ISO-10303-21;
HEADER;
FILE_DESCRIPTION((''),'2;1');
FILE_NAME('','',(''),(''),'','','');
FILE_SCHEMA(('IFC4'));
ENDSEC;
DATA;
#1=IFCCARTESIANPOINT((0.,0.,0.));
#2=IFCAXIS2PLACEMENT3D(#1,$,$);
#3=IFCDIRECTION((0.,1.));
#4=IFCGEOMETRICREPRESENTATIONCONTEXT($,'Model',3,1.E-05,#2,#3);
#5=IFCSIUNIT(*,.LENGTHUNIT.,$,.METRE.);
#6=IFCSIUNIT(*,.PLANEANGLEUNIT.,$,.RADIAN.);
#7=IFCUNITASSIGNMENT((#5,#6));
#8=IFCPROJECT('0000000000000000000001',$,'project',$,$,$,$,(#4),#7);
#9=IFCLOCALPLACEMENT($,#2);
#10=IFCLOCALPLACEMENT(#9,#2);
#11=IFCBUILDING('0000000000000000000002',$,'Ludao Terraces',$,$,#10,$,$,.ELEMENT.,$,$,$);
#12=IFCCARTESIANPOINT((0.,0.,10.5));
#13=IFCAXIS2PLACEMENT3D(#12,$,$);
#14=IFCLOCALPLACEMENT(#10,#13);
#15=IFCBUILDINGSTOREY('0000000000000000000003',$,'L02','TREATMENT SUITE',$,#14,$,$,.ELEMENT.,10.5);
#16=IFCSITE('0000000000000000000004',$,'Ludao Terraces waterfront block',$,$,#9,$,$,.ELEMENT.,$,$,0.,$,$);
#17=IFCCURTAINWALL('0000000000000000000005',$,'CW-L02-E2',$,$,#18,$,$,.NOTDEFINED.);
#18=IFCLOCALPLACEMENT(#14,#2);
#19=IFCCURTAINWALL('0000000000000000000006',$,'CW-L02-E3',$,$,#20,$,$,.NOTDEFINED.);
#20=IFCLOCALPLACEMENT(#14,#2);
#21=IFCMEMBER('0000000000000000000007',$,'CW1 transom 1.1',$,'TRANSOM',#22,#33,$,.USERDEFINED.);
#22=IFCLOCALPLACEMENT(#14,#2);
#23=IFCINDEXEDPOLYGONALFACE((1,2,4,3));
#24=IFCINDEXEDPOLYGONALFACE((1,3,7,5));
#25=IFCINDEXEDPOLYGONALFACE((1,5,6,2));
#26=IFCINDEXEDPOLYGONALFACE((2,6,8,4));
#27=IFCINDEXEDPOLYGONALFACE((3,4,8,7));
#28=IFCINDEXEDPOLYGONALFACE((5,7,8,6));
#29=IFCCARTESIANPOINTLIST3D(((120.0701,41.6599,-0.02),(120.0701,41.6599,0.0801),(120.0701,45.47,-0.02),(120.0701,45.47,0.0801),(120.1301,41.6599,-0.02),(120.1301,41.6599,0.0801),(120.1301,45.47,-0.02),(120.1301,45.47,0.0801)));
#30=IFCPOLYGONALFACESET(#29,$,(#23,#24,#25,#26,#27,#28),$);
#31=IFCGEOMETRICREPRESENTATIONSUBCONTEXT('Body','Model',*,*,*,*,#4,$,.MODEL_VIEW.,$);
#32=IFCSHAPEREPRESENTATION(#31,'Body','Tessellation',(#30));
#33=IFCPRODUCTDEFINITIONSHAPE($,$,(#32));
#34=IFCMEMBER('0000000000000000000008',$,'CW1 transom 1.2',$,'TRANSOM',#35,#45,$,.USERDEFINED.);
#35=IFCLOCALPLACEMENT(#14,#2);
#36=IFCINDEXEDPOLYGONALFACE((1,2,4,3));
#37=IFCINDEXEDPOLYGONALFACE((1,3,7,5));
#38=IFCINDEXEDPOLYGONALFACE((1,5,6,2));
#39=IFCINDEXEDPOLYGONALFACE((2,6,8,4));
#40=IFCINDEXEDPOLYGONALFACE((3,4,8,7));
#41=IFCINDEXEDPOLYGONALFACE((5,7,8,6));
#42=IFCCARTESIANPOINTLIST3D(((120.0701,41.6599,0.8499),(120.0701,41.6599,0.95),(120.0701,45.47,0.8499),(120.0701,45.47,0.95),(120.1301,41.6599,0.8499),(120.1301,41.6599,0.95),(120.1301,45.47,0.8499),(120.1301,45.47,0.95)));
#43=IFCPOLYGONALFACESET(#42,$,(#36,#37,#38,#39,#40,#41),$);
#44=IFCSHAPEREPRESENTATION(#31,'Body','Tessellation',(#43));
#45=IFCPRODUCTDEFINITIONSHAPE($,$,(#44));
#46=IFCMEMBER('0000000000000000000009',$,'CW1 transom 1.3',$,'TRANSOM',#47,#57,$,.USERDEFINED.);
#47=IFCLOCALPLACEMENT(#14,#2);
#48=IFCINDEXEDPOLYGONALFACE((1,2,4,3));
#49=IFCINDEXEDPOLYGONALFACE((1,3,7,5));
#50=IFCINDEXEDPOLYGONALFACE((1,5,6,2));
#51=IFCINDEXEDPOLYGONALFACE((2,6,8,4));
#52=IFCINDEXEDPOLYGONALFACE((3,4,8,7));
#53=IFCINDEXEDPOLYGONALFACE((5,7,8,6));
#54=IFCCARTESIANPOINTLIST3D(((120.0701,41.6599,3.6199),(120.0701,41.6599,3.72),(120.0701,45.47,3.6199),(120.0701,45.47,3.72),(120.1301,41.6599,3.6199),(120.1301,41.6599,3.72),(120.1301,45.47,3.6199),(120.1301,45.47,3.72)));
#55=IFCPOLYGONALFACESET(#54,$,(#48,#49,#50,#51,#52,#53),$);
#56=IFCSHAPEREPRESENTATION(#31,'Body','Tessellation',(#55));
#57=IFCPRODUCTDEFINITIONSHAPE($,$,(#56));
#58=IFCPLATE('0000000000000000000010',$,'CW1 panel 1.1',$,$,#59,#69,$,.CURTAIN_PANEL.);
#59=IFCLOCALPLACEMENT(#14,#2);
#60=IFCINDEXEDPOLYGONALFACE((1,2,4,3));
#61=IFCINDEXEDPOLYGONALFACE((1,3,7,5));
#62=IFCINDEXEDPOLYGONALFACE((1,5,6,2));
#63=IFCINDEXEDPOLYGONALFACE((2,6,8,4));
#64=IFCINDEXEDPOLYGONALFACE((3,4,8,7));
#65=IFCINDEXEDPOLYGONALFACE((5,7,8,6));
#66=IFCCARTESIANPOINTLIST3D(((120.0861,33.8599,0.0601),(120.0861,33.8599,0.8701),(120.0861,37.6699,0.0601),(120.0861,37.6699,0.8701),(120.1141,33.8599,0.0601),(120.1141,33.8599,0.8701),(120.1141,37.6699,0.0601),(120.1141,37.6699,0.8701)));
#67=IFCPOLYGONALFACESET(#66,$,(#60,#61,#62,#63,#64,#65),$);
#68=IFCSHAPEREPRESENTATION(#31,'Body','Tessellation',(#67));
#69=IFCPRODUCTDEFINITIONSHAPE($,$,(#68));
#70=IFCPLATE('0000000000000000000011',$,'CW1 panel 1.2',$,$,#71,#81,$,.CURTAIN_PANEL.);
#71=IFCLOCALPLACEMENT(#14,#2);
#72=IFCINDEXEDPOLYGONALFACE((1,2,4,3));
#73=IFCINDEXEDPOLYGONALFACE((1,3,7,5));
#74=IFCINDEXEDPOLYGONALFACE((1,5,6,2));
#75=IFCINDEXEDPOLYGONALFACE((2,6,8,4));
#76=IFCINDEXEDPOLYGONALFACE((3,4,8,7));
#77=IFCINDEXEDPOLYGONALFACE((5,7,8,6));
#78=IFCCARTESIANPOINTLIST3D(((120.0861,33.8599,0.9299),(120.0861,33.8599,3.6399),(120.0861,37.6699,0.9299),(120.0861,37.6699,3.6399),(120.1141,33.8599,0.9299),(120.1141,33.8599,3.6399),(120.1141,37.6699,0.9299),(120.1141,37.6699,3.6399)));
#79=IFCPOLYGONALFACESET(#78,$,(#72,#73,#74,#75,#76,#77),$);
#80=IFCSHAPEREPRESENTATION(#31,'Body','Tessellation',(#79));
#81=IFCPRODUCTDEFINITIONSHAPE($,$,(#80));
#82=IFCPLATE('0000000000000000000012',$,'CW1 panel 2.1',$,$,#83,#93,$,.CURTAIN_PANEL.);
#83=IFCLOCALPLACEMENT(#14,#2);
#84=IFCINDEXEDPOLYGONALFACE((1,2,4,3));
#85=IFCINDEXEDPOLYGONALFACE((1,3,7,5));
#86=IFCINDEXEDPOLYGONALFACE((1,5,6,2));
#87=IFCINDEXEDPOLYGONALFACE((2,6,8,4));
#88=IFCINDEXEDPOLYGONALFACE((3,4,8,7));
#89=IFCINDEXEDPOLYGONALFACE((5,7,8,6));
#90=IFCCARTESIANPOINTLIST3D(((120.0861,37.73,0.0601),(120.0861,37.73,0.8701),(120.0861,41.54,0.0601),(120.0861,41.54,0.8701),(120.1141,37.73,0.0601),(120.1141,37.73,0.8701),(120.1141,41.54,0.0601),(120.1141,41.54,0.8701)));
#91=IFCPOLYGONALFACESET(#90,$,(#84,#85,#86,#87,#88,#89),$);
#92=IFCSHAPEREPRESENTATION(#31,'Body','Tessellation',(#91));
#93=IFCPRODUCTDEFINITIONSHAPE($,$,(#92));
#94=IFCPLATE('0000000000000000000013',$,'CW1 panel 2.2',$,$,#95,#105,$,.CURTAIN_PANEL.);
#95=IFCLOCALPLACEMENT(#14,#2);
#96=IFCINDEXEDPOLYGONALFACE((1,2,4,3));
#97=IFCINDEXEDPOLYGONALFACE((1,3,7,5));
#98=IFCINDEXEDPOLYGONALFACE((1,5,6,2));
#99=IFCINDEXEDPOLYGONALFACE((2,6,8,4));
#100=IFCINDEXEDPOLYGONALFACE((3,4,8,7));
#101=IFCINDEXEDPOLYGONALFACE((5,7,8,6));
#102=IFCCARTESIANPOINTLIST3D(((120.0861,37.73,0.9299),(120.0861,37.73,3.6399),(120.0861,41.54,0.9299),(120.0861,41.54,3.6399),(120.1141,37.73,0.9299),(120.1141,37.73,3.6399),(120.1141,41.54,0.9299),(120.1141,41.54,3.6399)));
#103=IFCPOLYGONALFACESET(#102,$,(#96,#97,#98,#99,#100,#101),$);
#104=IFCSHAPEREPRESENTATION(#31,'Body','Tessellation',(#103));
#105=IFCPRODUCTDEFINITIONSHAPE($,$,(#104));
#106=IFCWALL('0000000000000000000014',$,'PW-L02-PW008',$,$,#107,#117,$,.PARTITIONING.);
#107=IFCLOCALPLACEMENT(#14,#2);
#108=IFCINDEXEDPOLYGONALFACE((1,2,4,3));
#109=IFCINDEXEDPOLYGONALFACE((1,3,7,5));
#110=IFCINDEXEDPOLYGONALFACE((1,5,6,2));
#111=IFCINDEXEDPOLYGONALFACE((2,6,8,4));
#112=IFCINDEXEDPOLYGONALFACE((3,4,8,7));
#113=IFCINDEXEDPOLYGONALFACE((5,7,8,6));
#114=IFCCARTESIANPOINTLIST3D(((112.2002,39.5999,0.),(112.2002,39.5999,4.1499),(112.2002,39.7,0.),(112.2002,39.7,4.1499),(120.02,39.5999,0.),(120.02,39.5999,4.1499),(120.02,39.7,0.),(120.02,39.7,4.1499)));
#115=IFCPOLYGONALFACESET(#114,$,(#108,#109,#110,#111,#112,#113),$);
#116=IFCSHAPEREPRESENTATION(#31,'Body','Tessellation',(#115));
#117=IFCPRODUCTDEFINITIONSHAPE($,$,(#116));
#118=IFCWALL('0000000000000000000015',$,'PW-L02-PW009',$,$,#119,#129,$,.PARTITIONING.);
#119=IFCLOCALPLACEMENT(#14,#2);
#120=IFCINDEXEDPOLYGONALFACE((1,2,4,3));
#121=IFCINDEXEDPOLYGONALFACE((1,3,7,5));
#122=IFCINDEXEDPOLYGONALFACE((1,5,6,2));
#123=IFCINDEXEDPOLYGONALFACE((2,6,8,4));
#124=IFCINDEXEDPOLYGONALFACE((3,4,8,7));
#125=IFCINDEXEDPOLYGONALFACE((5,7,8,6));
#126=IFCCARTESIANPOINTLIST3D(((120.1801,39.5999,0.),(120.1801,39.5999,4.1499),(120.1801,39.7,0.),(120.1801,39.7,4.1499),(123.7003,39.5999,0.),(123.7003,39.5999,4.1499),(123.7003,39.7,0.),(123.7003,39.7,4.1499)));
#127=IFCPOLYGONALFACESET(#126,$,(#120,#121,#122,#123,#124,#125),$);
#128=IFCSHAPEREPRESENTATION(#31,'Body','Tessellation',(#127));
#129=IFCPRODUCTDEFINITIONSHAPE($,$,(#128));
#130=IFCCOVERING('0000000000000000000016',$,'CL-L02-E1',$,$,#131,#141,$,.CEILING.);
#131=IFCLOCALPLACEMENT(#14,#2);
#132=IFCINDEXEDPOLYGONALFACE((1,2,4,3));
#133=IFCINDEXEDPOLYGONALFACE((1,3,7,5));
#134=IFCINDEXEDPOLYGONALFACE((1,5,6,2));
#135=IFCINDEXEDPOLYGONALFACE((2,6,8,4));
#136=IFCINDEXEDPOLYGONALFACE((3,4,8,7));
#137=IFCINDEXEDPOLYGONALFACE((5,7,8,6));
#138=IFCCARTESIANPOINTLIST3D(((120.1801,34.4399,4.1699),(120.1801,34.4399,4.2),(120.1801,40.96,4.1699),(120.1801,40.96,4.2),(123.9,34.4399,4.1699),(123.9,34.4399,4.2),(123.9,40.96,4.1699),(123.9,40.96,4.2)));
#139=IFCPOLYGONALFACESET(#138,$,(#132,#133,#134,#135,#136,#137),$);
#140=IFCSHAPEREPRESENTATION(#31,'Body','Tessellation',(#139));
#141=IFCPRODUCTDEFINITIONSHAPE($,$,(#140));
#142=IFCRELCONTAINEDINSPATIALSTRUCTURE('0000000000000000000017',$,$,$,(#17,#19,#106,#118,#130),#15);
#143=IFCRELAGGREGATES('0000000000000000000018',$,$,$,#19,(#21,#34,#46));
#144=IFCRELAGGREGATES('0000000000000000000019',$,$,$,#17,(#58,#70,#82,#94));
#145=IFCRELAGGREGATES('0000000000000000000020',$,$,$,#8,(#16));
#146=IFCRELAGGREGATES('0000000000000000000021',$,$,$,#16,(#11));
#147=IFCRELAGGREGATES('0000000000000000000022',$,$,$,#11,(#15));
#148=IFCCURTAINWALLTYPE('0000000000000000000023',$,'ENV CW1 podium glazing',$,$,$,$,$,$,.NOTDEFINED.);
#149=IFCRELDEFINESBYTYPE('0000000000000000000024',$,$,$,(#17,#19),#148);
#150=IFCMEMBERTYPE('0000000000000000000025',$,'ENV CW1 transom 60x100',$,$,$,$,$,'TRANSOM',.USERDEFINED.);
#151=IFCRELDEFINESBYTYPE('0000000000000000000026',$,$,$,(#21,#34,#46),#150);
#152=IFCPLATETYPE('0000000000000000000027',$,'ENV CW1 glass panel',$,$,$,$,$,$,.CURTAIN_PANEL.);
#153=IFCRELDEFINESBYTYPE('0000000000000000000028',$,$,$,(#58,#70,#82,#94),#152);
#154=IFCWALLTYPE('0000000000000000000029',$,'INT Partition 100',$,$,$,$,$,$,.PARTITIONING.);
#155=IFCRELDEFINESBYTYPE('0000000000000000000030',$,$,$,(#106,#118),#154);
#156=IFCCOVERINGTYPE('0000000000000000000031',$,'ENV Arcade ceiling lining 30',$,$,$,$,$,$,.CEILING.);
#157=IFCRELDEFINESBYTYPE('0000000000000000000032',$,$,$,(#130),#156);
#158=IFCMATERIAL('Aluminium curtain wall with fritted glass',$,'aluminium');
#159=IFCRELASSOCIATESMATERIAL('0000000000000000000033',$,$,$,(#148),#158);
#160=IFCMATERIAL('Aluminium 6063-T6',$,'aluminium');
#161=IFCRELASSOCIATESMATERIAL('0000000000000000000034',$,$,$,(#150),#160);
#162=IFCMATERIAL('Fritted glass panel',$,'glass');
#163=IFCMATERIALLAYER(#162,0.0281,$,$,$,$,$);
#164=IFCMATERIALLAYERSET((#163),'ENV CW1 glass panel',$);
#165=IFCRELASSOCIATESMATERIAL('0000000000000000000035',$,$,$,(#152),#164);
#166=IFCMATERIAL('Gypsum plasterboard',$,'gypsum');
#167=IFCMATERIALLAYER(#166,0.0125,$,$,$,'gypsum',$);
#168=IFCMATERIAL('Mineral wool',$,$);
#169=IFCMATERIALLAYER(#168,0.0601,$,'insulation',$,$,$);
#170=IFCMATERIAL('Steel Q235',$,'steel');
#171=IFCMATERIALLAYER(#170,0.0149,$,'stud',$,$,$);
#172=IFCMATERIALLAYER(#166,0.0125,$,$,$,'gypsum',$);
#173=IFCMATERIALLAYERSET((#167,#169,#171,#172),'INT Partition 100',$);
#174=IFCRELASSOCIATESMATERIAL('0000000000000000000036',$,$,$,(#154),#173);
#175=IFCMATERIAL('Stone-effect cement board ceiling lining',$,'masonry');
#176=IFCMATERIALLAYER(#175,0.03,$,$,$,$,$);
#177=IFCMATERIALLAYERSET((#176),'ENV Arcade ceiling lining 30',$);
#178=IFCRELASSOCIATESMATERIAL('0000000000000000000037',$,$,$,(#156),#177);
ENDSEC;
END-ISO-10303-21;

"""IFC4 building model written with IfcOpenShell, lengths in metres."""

from ifc_helpers import new_model, si_unit, direction, frame, frame_2d, origin, origin_2d, place, context, subcontext, project, spatial, rectangle, extrude, material, layer, layer_set, material_profile, profile_set, type_object, element, aggregate, save


model = new_model("IFC4")

# Units and contexts
model_context = context("Model", 3, precision=1e-05, world=origin(), true_north=direction((0.0, 1.0)))
body_context = subcontext(model_context, "Body", "Model", "MODEL_VIEW")
ifc_project = project(units=[si_unit("LENGTHUNIT", "METRE"), si_unit("PLANEANGLEUNIT", "RADIAN")], contexts=[model_context])

# Site, building, storey
site_placement = place(None, origin())
site = spatial("IfcSite", under=ifc_project, at=site_placement, Name="Ludao Terraces waterfront block", CompositionType="ELEMENT", RefElevation=0.0)
building_placement = place(site_placement, origin())
building = spatial("IfcBuilding", under=site, at=building_placement, Name="Ludao Terraces", CompositionType="ELEMENT")
storey_placement = place(building_placement, frame((0.0, 0.0, 10.5)))
storey = spatial("IfcBuildingStorey", under=building, at=storey_placement, Name="L02", Description="TREATMENT SUITE", CompositionType="ELEMENT", Elevation=10.5)

# Curtain wall
ifc_material_1 = material(Name="Aluminium curtain wall with fritted glass", Category="aluminium")
curtain_wall_type = type_object("IfcCurtainWallType", Name="ENV CW1 podium glazing", PredefinedType="NOTDEFINED", material=ifc_material_1)
curtain_wall_1_placement = place(storey_placement, origin())
curtain_wall_1 = element("IfcCurtainWall", 1, at=curtain_wall_1_placement, inside=storey, type_object=curtain_wall_type, Name="CW-L02-E2", PredefinedType="NOTDEFINED")
ifc_material_2 = material(Name="Aluminium 6063-T6", Category="aluminium")

# Curtain wall
curtain_wall_2_placement = place(storey_placement, origin())
curtain_wall_2 = element("IfcCurtainWall", 2, at=curtain_wall_2_placement, inside=storey, type_object=curtain_wall_type, Name="CW-L02-E3", PredefinedType="NOTDEFINED")

# Members
ifc_material_profile_1 = material_profile(ifc_material_2, rectangle(XDim=0.0601, YDim=0.1001, at=origin_2d()), Name="60 X 100")
ifc_profile_set_1 = profile_set([ifc_material_profile_1], Name="Aluminium 6063-T6")
member_type_1 = type_object("IfcMemberType", Name="ENV CW1 transom 60x100", ElementType="TRANSOM", PredefinedType="USERDEFINED", material=ifc_profile_set_1)
member_1_placement = place(storey_placement, frame((120.1001, 41.6599, 0.03), z_axis=(0.0, 1.0, 0.0), x_axis=(-1.0, 0.0, 0.0)))
member_1 = element("IfcMember", 3, at=member_1_placement, type_object=member_type_1, Name="CW1 transom 1.1", ObjectType="TRANSOM", PredefinedType="USERDEFINED", context=body_context, shape_type="SweptSolid", body=[
    extrude(rectangle(XDim=0.0601, YDim=0.1001, at=origin_2d()), origin(), (0.0, 0.0, 1.0), 3.8101),
])
member_2_placement = place(storey_placement, frame((120.1001, 41.6599, 0.8999), z_axis=(0.0, 1.0, 0.0), x_axis=(-1.0, 0.0, 0.0)))
member_2 = element("IfcMember", 4, at=member_2_placement, type_object=member_type_1, Name="CW1 transom 1.2", ObjectType="TRANSOM", PredefinedType="USERDEFINED", context=body_context, shape_type="SweptSolid", body=[
    extrude(rectangle(XDim=0.0601, YDim=0.1001, at=origin_2d()), origin(), (0.0, 0.0, 1.0), 3.8101),
])
member_3_placement = place(storey_placement, frame((120.1001, 41.6599, 3.6699), z_axis=(0.0, 1.0, 0.0), x_axis=(-1.0, 0.0, 0.0)))
member_3 = element("IfcMember", 5, at=member_3_placement, type_object=member_type_1, Name="CW1 transom 1.3", ObjectType="TRANSOM", PredefinedType="USERDEFINED", context=body_context, shape_type="SweptSolid", body=[
    extrude(rectangle(XDim=0.0601, YDim=0.1001, at=origin_2d()), origin(), (0.0, 0.0, 1.0), 3.8101),
])
aggregate(curtain_wall_2, [member_1, member_2, member_3])

# Plates
ifc_material_3 = material(Name="Fritted glass panel", Category="glass")
ifc_layer_1 = layer(ifc_material_3, 0.0281)
ifc_layer_set_1 = layer_set([ifc_layer_1], Name="ENV CW1 glass panel")
plate_type = type_object("IfcPlateType", Name="ENV CW1 glass panel", PredefinedType="CURTAIN_PANEL", material=ifc_layer_set_1)
plate_1_placement = place(storey_placement, frame((120.1001, 35.7649, 0.0601), z_axis=(0.0, 0.0, 1.0), x_axis=(0.0, 1.0, 0.0)))
plate_1 = element("IfcPlate", 6, at=plate_1_placement, type_object=plate_type, Name="CW1 panel 1.1", PredefinedType="CURTAIN_PANEL", context=body_context, shape_type="SweptSolid", body=[
    extrude(rectangle(XDim=3.8101, YDim=0.0281, at=origin_2d()), origin(), (0.0, 0.0, 1.0), 0.8101),
])
plate_2_placement = place(storey_placement, frame((120.1001, 35.7649, 0.9299), z_axis=(0.0, 0.0, 1.0), x_axis=(0.0, 1.0, 0.0)))
plate_2 = element("IfcPlate", 7, at=plate_2_placement, type_object=plate_type, Name="CW1 panel 1.2", PredefinedType="CURTAIN_PANEL", context=body_context, shape_type="SweptSolid", body=[
    extrude(rectangle(XDim=3.8101, YDim=0.0281, at=origin_2d()), origin(), (0.0, 0.0, 1.0), 2.71),
])
plate_3_placement = place(storey_placement, frame((120.1001, 39.635, 0.0601), z_axis=(0.0, 0.0, 1.0), x_axis=(0.0, 1.0, 0.0)))
plate_3 = element("IfcPlate", 8, at=plate_3_placement, type_object=plate_type, Name="CW1 panel 2.1", PredefinedType="CURTAIN_PANEL", context=body_context, shape_type="SweptSolid", body=[
    extrude(rectangle(XDim=3.8101, YDim=0.0281, at=origin_2d()), origin(), (0.0, 0.0, 1.0), 0.8101),
])
plate_4_placement = place(storey_placement, frame((120.1001, 39.635, 0.9299), z_axis=(0.0, 0.0, 1.0), x_axis=(0.0, 1.0, 0.0)))
plate_4 = element("IfcPlate", 9, at=plate_4_placement, type_object=plate_type, Name="CW1 panel 2.2", PredefinedType="CURTAIN_PANEL", context=body_context, shape_type="SweptSolid", body=[
    extrude(rectangle(XDim=3.8101, YDim=0.0281, at=origin_2d()), origin(), (0.0, 0.0, 1.0), 2.71),
])
aggregate(curtain_wall_1, [plate_1, plate_2, plate_3, plate_4])

# Walls
ifc_material_4 = material(Name="Gypsum plasterboard", Category="gypsum")
ifc_layer_2 = layer(ifc_material_4, 0.0125, Category="gypsum")
ifc_material_5 = material(Name="Mineral wool")
ifc_layer_3 = layer(ifc_material_5, 0.0601, Name="insulation")
ifc_material_6 = material(Name="Steel Q235", Category="steel")
ifc_layer_4 = layer(ifc_material_6, 0.0149, Name="stud")
ifc_layer_5 = layer(ifc_material_4, 0.0125, Category="gypsum")
ifc_layer_set_2 = layer_set([ifc_layer_2, ifc_layer_3, ifc_layer_4, ifc_layer_5], Name="INT Partition 100")
wall_type = type_object("IfcWallType", Name="INT Partition 100", PredefinedType="PARTITIONING", material=ifc_layer_set_2)
wall_1_placement = place(storey_placement, frame((112.2002, 39.6499, 0.0), z_axis=(0.0, 0.0, 1.0), x_axis=(1.0, 0.0, 0.0)))
element("IfcWall", 10, at=wall_1_placement, inside=storey, type_object=wall_type, Name="PW-L02-PW008", PredefinedType="PARTITIONING", context=body_context, shape_type="SweptSolid", body=[
    extrude(rectangle(XDim=7.8198, YDim=0.1001, at=frame_2d((3.9099, 0.0))), origin(), (0.0, 0.0, 1.0), 4.1499),
])
wall_2_placement = place(storey_placement, frame((120.1799, 39.6499, 0.0), z_axis=(0.0, 0.0, 1.0), x_axis=(1.0, 0.0, 0.0)))
element("IfcWall", 11, at=wall_2_placement, inside=storey, type_object=wall_type, Name="PW-L02-PW009", PredefinedType="PARTITIONING", context=body_context, shape_type="SweptSolid", body=[
    extrude(rectangle(XDim=3.5203, YDim=0.1001, at=frame_2d((1.7603, 0.0))), origin(), (0.0, 0.0, 1.0), 4.1499),
])

# Covering
ifc_material_7 = material(Name="Stone-effect cement board ceiling lining", Category="masonry")
ifc_layer_6 = layer(ifc_material_7, 0.03)
ifc_layer_set_3 = layer_set([ifc_layer_6], Name="ENV Arcade ceiling lining 30")
covering_type = type_object("IfcCoveringType", Name="ENV Arcade ceiling lining 30", PredefinedType="CEILING", material=ifc_layer_set_3)
covering_placement = place(storey_placement, frame((122.04, 37.7, 4.1699), z_axis=(0.0, 0.0, 1.0), x_axis=(1.0, 0.0, 0.0)))
element("IfcCovering", 12, at=covering_placement, inside=storey, type_object=covering_type, Name="CL-L02-E1", PredefinedType="CEILING", context=body_context, shape_type="SweptSolid", body=[
    extrude(rectangle(XDim=3.72, YDim=6.52, at=origin_2d()), origin(), (0.0, 0.0, 1.0), 0.03),
])

save(model, "model.ifc")
